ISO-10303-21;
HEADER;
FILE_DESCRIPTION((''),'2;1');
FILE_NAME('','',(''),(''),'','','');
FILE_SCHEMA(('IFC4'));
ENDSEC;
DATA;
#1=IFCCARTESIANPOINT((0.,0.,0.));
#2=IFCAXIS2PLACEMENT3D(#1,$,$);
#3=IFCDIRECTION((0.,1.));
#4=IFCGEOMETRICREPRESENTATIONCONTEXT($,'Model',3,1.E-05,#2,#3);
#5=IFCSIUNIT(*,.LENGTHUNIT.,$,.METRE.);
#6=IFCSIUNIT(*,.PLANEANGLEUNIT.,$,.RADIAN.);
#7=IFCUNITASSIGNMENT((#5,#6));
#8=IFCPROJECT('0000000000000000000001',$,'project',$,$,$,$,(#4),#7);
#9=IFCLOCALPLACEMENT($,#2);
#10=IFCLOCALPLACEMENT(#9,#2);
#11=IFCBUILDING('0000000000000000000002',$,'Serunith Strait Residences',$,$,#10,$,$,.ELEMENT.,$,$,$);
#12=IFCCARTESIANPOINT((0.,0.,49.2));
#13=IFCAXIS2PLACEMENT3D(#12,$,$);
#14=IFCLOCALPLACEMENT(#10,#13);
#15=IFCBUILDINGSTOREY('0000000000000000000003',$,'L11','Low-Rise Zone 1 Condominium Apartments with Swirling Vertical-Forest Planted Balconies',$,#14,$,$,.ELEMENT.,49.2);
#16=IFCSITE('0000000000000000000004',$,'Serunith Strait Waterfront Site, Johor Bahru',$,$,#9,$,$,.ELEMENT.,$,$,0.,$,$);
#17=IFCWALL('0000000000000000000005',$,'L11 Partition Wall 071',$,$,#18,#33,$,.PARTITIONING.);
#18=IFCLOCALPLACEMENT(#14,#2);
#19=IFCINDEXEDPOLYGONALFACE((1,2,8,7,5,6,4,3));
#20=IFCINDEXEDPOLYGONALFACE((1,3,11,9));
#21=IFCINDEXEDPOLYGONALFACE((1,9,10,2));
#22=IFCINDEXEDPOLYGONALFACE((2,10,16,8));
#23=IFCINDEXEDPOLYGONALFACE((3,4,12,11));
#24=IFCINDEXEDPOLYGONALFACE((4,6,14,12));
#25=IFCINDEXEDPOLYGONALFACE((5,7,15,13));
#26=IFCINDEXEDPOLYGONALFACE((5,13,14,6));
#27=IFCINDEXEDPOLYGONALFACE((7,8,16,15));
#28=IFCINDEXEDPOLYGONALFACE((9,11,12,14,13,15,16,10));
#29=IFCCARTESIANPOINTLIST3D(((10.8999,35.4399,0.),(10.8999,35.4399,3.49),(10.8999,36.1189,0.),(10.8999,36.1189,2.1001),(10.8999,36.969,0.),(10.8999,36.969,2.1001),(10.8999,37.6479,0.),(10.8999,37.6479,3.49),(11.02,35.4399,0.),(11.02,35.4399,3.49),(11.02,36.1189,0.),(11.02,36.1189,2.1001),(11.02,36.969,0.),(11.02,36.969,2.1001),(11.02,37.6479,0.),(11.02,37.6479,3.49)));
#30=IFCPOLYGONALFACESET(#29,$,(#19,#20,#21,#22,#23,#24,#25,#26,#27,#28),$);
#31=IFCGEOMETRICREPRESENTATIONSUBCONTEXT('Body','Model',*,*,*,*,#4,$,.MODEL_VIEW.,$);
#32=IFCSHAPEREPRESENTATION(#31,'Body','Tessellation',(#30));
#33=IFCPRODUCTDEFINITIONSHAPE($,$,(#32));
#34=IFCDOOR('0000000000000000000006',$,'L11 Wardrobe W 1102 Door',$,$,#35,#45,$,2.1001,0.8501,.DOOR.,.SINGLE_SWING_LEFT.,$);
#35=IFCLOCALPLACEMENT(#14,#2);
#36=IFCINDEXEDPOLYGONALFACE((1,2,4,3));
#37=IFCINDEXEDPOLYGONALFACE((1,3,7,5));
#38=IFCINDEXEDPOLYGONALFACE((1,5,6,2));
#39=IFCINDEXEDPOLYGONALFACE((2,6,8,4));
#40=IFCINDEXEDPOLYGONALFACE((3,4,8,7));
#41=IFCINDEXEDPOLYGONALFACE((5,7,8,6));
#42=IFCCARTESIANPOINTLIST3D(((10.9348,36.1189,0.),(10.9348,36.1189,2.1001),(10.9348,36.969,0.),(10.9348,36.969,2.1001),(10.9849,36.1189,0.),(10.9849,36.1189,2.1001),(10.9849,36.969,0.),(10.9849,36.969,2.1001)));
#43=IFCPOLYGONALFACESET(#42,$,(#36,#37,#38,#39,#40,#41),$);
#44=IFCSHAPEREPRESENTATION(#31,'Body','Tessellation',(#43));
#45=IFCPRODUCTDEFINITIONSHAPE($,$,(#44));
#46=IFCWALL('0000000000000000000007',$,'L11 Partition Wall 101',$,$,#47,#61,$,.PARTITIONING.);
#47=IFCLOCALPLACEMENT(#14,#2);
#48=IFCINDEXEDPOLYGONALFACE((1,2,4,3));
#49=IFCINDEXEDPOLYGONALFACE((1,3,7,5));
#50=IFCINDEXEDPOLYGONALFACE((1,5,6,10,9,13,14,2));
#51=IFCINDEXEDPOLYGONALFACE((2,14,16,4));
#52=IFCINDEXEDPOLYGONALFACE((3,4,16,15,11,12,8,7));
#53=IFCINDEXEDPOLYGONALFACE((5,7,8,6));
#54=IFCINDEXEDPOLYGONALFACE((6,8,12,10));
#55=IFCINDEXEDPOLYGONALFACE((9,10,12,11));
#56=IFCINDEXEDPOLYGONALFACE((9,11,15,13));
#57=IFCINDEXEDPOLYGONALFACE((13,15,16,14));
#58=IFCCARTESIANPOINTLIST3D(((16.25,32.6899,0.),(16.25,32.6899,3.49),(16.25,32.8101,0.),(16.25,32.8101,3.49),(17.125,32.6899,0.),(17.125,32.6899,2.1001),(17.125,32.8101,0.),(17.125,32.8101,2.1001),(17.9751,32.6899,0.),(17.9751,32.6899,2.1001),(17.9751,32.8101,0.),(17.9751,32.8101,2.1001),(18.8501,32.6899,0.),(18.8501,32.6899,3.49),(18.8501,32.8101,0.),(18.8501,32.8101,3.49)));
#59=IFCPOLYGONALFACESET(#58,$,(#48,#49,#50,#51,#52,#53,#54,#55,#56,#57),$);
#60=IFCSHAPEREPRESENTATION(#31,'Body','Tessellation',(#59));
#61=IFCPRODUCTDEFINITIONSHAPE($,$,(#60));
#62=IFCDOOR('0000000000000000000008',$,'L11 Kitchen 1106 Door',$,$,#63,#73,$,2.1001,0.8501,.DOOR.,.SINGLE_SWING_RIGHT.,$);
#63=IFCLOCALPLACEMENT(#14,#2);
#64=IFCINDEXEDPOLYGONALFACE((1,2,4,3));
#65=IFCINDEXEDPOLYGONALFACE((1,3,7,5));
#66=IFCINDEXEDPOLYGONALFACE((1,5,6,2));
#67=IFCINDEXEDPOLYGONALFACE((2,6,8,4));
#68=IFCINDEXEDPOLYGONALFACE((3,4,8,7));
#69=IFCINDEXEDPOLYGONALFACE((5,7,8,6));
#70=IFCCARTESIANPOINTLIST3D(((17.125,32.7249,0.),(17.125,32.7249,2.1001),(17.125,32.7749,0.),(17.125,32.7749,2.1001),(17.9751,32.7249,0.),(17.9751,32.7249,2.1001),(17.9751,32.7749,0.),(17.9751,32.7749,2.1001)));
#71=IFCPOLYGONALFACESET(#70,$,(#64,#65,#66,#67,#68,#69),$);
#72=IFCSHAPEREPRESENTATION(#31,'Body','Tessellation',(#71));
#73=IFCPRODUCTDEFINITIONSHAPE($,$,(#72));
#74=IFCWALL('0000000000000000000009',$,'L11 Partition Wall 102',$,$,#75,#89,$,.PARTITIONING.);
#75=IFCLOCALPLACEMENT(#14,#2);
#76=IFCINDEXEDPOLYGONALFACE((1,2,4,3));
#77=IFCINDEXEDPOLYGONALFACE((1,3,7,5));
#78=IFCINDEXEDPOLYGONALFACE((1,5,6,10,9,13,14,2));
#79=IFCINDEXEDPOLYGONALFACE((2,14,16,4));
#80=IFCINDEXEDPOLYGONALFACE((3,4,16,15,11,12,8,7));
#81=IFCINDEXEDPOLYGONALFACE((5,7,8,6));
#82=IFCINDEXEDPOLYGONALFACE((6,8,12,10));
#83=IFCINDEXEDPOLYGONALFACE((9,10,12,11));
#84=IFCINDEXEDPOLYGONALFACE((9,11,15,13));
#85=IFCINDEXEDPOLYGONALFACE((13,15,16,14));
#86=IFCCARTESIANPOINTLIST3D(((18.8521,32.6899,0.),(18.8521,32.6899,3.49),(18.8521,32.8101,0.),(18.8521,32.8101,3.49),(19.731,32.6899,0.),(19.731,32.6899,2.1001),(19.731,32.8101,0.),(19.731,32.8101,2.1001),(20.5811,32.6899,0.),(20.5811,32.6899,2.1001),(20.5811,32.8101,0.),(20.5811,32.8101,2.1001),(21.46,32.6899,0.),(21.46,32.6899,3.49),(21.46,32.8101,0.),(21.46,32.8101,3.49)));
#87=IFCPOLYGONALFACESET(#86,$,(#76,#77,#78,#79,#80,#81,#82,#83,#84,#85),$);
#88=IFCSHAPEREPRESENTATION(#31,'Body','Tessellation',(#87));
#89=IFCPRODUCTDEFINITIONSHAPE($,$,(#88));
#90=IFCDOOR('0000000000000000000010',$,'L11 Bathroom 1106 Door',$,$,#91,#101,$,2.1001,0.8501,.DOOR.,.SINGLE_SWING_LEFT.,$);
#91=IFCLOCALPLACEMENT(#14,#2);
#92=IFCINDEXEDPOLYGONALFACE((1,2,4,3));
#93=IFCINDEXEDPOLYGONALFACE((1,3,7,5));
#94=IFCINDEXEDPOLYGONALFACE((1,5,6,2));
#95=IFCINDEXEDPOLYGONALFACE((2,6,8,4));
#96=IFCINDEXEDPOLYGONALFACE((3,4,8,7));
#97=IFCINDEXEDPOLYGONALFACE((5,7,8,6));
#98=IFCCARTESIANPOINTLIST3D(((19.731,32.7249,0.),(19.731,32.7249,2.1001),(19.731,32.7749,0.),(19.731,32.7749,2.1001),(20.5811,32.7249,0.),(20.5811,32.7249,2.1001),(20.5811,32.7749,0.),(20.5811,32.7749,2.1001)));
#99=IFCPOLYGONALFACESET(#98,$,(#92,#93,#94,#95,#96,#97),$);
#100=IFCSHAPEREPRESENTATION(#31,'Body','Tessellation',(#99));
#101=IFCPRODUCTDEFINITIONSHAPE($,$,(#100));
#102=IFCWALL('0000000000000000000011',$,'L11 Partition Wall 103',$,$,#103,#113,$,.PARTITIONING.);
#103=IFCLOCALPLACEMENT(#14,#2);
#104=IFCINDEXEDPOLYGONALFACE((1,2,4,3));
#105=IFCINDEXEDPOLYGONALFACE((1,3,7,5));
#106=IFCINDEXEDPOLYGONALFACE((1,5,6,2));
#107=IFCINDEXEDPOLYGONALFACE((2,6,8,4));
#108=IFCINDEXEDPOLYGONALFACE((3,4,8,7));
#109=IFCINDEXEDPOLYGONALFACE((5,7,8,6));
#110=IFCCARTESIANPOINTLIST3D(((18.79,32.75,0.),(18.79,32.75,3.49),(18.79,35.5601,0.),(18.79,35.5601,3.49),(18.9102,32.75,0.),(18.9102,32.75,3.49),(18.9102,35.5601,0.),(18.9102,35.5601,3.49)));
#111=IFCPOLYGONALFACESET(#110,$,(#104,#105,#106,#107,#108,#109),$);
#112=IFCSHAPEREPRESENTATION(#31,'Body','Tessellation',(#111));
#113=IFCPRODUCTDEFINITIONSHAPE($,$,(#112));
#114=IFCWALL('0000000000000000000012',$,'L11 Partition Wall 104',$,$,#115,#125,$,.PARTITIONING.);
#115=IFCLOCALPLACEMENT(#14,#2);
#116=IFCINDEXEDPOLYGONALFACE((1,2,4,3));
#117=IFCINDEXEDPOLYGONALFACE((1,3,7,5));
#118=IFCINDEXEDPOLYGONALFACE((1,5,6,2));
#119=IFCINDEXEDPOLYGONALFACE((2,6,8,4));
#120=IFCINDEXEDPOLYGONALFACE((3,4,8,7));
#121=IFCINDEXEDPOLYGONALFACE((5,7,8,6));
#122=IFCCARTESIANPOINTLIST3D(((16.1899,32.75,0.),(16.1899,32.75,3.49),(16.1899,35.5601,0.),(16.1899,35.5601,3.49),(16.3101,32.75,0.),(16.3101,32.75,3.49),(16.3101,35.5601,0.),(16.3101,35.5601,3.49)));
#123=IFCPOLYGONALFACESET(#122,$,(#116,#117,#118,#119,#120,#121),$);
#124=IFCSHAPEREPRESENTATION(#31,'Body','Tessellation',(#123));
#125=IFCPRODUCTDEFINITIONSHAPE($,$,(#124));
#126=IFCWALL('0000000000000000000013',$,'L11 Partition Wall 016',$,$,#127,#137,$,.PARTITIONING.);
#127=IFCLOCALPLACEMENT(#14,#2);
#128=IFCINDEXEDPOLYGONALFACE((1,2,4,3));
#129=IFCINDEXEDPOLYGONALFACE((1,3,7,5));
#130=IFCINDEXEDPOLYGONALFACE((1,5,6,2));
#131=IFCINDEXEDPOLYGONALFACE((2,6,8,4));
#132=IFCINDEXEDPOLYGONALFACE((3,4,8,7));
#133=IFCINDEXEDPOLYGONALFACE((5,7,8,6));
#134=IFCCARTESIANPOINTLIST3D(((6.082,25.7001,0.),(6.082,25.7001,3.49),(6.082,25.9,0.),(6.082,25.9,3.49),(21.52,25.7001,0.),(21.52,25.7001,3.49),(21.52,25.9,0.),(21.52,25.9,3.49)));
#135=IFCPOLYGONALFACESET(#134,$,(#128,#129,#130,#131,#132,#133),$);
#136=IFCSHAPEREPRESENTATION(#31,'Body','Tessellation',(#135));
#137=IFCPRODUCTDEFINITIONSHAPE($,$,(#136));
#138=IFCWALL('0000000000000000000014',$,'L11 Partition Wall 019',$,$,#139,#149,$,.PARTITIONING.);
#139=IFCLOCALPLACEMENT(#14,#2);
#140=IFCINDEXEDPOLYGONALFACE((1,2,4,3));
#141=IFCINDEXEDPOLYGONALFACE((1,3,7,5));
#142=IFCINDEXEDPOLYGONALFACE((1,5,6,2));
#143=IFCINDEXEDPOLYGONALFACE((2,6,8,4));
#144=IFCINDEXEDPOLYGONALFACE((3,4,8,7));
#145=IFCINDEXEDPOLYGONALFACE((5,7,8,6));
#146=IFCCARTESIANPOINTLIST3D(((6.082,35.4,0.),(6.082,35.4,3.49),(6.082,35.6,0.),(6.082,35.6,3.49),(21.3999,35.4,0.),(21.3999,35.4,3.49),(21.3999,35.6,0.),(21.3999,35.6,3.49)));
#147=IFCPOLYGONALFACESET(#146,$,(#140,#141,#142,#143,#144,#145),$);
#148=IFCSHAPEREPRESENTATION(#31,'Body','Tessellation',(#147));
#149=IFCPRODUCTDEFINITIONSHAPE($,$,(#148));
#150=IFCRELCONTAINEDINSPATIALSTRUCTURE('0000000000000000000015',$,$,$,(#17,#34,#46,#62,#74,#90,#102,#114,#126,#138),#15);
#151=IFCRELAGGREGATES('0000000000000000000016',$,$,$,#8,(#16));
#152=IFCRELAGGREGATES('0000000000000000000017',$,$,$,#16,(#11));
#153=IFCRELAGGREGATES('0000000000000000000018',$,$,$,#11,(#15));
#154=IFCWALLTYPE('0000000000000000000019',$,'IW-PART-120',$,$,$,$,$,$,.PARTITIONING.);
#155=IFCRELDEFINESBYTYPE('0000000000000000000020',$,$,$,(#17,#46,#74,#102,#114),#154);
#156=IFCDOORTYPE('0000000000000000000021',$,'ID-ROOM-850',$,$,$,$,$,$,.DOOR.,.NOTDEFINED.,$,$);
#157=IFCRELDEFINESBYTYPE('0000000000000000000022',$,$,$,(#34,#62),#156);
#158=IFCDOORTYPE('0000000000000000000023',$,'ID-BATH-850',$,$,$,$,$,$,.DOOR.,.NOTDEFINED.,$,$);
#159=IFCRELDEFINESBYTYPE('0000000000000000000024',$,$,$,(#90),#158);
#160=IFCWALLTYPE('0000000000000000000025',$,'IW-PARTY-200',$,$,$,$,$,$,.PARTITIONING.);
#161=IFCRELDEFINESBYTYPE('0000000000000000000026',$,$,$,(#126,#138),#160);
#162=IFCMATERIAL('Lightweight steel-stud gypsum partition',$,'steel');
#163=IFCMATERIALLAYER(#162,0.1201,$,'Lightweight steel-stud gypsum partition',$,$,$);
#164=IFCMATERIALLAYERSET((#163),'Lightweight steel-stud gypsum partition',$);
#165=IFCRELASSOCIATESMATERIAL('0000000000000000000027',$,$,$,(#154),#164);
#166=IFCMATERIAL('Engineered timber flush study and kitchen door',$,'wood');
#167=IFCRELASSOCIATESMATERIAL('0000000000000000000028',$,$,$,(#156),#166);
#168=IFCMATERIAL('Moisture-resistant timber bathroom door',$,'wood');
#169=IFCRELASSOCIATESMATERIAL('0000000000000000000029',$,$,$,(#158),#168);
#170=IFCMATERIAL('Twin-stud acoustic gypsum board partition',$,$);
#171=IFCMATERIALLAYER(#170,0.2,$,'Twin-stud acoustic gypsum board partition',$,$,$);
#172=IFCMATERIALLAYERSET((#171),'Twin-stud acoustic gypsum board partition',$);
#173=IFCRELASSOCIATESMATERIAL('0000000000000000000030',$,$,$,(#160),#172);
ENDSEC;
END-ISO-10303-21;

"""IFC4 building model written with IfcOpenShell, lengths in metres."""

from ifc_helpers import new_model, si_unit, direction, frame, frame_2d, origin, place, context, subcontext, project, spatial, rectangle, extrude, source, transform, mapped, material, layer, layer_set, type_object, element, fill, save


model = new_model("IFC4")

# Units and contexts
model_context = context("Model", 3, precision=1e-05, world=origin(), true_north=direction((0.0, 1.0)))
body_context = subcontext(model_context, "Body", "Model", "MODEL_VIEW")
ifc_project = project(units=[si_unit("LENGTHUNIT", "METRE"), si_unit("PLANEANGLEUNIT", "RADIAN")], contexts=[model_context])

# Site, building, storey
site_placement = place(None, origin())
site = spatial("IfcSite", under=ifc_project, at=site_placement, Name="Serunith Strait Waterfront Site, Johor Bahru", CompositionType="ELEMENT", RefElevation=0.0)
building_placement = place(site_placement, origin())
building = spatial("IfcBuilding", under=site, at=building_placement, Name="Serunith Strait Residences", CompositionType="ELEMENT")
storey_placement = place(building_placement, frame((0.0, 0.0, 49.2)))
storey = spatial("IfcBuildingStorey", under=building, at=storey_placement, Name="L11", Description="Low-Rise Zone 1 Condominium Apartments with Swirling Vertical-Forest Planted Balconies", CompositionType="ELEMENT", Elevation=49.2)

# Walls, openings, doors
ifc_material_1 = material(Name="Lightweight steel-stud gypsum partition", Category="steel")
ifc_layer_1 = layer(ifc_material_1, 0.1201, Name="Lightweight steel-stud gypsum partition")
ifc_layer_set_1 = layer_set([ifc_layer_1], Name="Lightweight steel-stud gypsum partition")
wall_type_1 = type_object("IfcWallType", Name="IW-PART-120", PredefinedType="PARTITIONING", material=ifc_layer_set_1)
wall_1_placement = place(storey_placement, frame((10.96, 37.6479, 0.0), z_axis=(0.0, 0.0, 1.0), x_axis=(0.0, -1.0, 0.0)))
wall_1 = element("IfcWall", 1, at=wall_1_placement, inside=storey, type_object=wall_type_1, Name="L11 Partition Wall 071", PredefinedType="PARTITIONING", context=body_context, shape_type="SweptSolid", body=[
    extrude(rectangle(XDim=2.208, YDim=0.1201, at=frame_2d((1.104, 0.0))), origin(), (0.0, 0.0, 1.0), 3.49),
])
opening_1_placement = place(wall_1_placement, frame((0.679, 0.0, 0.0)))
opening_1 = element("IfcOpeningElement", 2, at=opening_1_placement, cuts=wall_1, PredefinedType="OPENING", context=body_context, shape_type="SweptSolid", body=[
    extrude(rectangle(XDim=0.8501, YDim=2.1001, at=frame_2d((0.425, 1.05))), frame((0.0, 0.0701, 0.0), z_axis=(0.0, -1.0, 0.0), x_axis=(1.0, 0.0, 0.0)), (0.0, 0.0, 1.0), 0.1401),
])
ifc_material_2 = material(Name="Engineered timber flush study and kitchen door", Category="wood")
door_type_1 = type_object("IfcDoorType", Name="ID-ROOM-850", OperationType="NOTDEFINED", PredefinedType="DOOR", material=ifc_material_2)
shared_shape_1 = source(origin(), body_context, "Body", "SweptSolid", [
    extrude(rectangle(XDim=0.8501, YDim=2.1001, at=frame_2d((0.425, 1.05))), frame((0.0, 0.0249, 0.0), z_axis=(0.0, -1.0, 0.0), x_axis=(1.0, 0.0, 0.0)), (0.0, 0.0, 1.0), 0.05),
])
door_1_placement = place(opening_1_placement, origin())
door_1 = element("IfcDoor", 3, at=door_1_placement, inside=storey, type_object=door_type_1, Name="L11 Wardrobe W 1102 Door", OperationType="SINGLE_SWING_LEFT", OverallHeight=2.1001, OverallWidth=0.8501, PredefinedType="DOOR", context=body_context, shape_type="MappedRepresentation", body=[
    mapped(shared_shape_1, transform((0.0, 0.0, 0.0), scale=1.0)),
])
fill(opening_1, door_1)
wall_2_placement = place(storey_placement, frame((16.25, 32.75, 0.0), z_axis=(0.0, 0.0, 1.0), x_axis=(1.0, 0.0, 0.0)))
wall_2 = element("IfcWall", 4, at=wall_2_placement, inside=storey, type_object=wall_type_1, Name="L11 Partition Wall 101", PredefinedType="PARTITIONING", context=body_context, shape_type="SweptSolid", body=[
    extrude(rectangle(XDim=2.6001, YDim=0.1201, at=frame_2d((1.3, 0.0))), origin(), (0.0, 0.0, 1.0), 3.49),
])
opening_2_placement = place(wall_2_placement, frame((0.875, 0.0, 0.0)))
opening_2 = element("IfcOpeningElement", 5, at=opening_2_placement, cuts=wall_2, PredefinedType="OPENING", context=body_context, shape_type="SweptSolid", body=[
    extrude(rectangle(XDim=0.8501, YDim=2.1001, at=frame_2d((0.425, 1.05))), frame((0.0, 0.0701, 0.0), z_axis=(0.0, -1.0, 0.0), x_axis=(1.0, 0.0, 0.0)), (0.0, 0.0, 1.0), 0.1401),
])
door_2_placement = place(opening_2_placement, origin())
door_2 = element("IfcDoor", 6, at=door_2_placement, inside=storey, type_object=door_type_1, Name="L11 Kitchen 1106 Door", OperationType="SINGLE_SWING_RIGHT", OverallHeight=2.1001, OverallWidth=0.8501, PredefinedType="DOOR", context=body_context, shape_type="MappedRepresentation", body=[
    mapped(shared_shape_1, transform((0.0, 0.0, 0.0), scale=1.0)),
])
fill(opening_2, door_2)
wall_3_placement = place(storey_placement, frame((18.8521, 32.75, 0.0), z_axis=(0.0, 0.0, 1.0), x_axis=(1.0, 0.0, 0.0)))
wall_3 = element("IfcWall", 7, at=wall_3_placement, inside=storey, type_object=wall_type_1, Name="L11 Partition Wall 102", PredefinedType="PARTITIONING", context=body_context, shape_type="SweptSolid", body=[
    extrude(rectangle(XDim=2.6079, YDim=0.1201, at=frame_2d((1.304, 0.0))), origin(), (0.0, 0.0, 1.0), 3.49),
])
opening_3_placement = place(wall_3_placement, frame((0.8789, 0.0, 0.0)))
opening_3 = element("IfcOpeningElement", 8, at=opening_3_placement, cuts=wall_3, PredefinedType="OPENING", context=body_context, shape_type="SweptSolid", body=[
    extrude(rectangle(XDim=0.8501, YDim=2.1001, at=frame_2d((0.425, 1.05))), frame((0.0, 0.0701, 0.0), z_axis=(0.0, -1.0, 0.0), x_axis=(1.0, 0.0, 0.0)), (0.0, 0.0, 1.0), 0.1401),
])
ifc_material_3 = material(Name="Moisture-resistant timber bathroom door", Category="wood")
door_type_2 = type_object("IfcDoorType", Name="ID-BATH-850", OperationType="NOTDEFINED", PredefinedType="DOOR", material=ifc_material_3)
door_3_placement = place(opening_3_placement, origin())
door_3 = element("IfcDoor", 9, at=door_3_placement, inside=storey, type_object=door_type_2, Name="L11 Bathroom 1106 Door", OperationType="SINGLE_SWING_LEFT", OverallHeight=2.1001, OverallWidth=0.8501, PredefinedType="DOOR", context=body_context, shape_type="MappedRepresentation", body=[
    mapped(shared_shape_1, transform((0.0, 0.0, 0.0), scale=1.0)),
])
fill(opening_3, door_3)

# Walls
for number, where, z_axis, x_axis, name in (
    (10, (18.8501, 32.75, 0.0), (0.0, 0.0, 1.0), (0.0, 1.0, 0.0), "L11 Partition Wall 103"),
    (11, (16.25, 32.75, 0.0), (0.0, 0.0, 1.0), (0.0, 1.0, 0.0), "L11 Partition Wall 104"),
):
    element("IfcWall", number, at=place(storey_placement, frame(where, z_axis=z_axis, x_axis=x_axis)), inside=storey, type_object=wall_type_1, Name=name, PredefinedType="PARTITIONING", context=body_context, shape_type="SweptSolid", body=[
        extrude(rectangle(XDim=2.8101, YDim=0.1201, at=frame_2d((1.405, 0.0))), origin(), (0.0, 0.0, 1.0), 3.49),
    ])
ifc_material_4 = material(Name="Twin-stud acoustic gypsum board partition")
ifc_layer_2 = layer(ifc_material_4, 0.2, Name="Twin-stud acoustic gypsum board partition")
ifc_layer_set_2 = layer_set([ifc_layer_2], Name="Twin-stud acoustic gypsum board partition")
wall_type_2 = type_object("IfcWallType", Name="IW-PARTY-200", PredefinedType="PARTITIONING", material=ifc_layer_set_2)
wall_4_placement = place(storey_placement, frame((6.082, 25.8, 0.0), z_axis=(0.0, 0.0, 1.0), x_axis=(1.0, 0.0, 0.0)))
element("IfcWall", 12, at=wall_4_placement, inside=storey, type_object=wall_type_2, Name="L11 Partition Wall 016", PredefinedType="PARTITIONING", context=body_context, shape_type="SweptSolid", body=[
    extrude(rectangle(XDim=15.438, YDim=0.2, at=frame_2d((7.719, 0.0))), origin(), (0.0, 0.0, 1.0), 3.49),
])
wall_5_placement = place(storey_placement, frame((6.082, 35.5, 0.0), z_axis=(0.0, 0.0, 1.0), x_axis=(1.0, 0.0, 0.0)))
element("IfcWall", 13, at=wall_5_placement, inside=storey, type_object=wall_type_2, Name="L11 Partition Wall 019", PredefinedType="PARTITIONING", context=body_context, shape_type="SweptSolid", body=[
    extrude(rectangle(XDim=15.3179, YDim=0.2, at=frame_2d((7.6589, 0.0))), origin(), (0.0, 0.0, 1.0), 3.49),
])

save(model, "model.ifc")
